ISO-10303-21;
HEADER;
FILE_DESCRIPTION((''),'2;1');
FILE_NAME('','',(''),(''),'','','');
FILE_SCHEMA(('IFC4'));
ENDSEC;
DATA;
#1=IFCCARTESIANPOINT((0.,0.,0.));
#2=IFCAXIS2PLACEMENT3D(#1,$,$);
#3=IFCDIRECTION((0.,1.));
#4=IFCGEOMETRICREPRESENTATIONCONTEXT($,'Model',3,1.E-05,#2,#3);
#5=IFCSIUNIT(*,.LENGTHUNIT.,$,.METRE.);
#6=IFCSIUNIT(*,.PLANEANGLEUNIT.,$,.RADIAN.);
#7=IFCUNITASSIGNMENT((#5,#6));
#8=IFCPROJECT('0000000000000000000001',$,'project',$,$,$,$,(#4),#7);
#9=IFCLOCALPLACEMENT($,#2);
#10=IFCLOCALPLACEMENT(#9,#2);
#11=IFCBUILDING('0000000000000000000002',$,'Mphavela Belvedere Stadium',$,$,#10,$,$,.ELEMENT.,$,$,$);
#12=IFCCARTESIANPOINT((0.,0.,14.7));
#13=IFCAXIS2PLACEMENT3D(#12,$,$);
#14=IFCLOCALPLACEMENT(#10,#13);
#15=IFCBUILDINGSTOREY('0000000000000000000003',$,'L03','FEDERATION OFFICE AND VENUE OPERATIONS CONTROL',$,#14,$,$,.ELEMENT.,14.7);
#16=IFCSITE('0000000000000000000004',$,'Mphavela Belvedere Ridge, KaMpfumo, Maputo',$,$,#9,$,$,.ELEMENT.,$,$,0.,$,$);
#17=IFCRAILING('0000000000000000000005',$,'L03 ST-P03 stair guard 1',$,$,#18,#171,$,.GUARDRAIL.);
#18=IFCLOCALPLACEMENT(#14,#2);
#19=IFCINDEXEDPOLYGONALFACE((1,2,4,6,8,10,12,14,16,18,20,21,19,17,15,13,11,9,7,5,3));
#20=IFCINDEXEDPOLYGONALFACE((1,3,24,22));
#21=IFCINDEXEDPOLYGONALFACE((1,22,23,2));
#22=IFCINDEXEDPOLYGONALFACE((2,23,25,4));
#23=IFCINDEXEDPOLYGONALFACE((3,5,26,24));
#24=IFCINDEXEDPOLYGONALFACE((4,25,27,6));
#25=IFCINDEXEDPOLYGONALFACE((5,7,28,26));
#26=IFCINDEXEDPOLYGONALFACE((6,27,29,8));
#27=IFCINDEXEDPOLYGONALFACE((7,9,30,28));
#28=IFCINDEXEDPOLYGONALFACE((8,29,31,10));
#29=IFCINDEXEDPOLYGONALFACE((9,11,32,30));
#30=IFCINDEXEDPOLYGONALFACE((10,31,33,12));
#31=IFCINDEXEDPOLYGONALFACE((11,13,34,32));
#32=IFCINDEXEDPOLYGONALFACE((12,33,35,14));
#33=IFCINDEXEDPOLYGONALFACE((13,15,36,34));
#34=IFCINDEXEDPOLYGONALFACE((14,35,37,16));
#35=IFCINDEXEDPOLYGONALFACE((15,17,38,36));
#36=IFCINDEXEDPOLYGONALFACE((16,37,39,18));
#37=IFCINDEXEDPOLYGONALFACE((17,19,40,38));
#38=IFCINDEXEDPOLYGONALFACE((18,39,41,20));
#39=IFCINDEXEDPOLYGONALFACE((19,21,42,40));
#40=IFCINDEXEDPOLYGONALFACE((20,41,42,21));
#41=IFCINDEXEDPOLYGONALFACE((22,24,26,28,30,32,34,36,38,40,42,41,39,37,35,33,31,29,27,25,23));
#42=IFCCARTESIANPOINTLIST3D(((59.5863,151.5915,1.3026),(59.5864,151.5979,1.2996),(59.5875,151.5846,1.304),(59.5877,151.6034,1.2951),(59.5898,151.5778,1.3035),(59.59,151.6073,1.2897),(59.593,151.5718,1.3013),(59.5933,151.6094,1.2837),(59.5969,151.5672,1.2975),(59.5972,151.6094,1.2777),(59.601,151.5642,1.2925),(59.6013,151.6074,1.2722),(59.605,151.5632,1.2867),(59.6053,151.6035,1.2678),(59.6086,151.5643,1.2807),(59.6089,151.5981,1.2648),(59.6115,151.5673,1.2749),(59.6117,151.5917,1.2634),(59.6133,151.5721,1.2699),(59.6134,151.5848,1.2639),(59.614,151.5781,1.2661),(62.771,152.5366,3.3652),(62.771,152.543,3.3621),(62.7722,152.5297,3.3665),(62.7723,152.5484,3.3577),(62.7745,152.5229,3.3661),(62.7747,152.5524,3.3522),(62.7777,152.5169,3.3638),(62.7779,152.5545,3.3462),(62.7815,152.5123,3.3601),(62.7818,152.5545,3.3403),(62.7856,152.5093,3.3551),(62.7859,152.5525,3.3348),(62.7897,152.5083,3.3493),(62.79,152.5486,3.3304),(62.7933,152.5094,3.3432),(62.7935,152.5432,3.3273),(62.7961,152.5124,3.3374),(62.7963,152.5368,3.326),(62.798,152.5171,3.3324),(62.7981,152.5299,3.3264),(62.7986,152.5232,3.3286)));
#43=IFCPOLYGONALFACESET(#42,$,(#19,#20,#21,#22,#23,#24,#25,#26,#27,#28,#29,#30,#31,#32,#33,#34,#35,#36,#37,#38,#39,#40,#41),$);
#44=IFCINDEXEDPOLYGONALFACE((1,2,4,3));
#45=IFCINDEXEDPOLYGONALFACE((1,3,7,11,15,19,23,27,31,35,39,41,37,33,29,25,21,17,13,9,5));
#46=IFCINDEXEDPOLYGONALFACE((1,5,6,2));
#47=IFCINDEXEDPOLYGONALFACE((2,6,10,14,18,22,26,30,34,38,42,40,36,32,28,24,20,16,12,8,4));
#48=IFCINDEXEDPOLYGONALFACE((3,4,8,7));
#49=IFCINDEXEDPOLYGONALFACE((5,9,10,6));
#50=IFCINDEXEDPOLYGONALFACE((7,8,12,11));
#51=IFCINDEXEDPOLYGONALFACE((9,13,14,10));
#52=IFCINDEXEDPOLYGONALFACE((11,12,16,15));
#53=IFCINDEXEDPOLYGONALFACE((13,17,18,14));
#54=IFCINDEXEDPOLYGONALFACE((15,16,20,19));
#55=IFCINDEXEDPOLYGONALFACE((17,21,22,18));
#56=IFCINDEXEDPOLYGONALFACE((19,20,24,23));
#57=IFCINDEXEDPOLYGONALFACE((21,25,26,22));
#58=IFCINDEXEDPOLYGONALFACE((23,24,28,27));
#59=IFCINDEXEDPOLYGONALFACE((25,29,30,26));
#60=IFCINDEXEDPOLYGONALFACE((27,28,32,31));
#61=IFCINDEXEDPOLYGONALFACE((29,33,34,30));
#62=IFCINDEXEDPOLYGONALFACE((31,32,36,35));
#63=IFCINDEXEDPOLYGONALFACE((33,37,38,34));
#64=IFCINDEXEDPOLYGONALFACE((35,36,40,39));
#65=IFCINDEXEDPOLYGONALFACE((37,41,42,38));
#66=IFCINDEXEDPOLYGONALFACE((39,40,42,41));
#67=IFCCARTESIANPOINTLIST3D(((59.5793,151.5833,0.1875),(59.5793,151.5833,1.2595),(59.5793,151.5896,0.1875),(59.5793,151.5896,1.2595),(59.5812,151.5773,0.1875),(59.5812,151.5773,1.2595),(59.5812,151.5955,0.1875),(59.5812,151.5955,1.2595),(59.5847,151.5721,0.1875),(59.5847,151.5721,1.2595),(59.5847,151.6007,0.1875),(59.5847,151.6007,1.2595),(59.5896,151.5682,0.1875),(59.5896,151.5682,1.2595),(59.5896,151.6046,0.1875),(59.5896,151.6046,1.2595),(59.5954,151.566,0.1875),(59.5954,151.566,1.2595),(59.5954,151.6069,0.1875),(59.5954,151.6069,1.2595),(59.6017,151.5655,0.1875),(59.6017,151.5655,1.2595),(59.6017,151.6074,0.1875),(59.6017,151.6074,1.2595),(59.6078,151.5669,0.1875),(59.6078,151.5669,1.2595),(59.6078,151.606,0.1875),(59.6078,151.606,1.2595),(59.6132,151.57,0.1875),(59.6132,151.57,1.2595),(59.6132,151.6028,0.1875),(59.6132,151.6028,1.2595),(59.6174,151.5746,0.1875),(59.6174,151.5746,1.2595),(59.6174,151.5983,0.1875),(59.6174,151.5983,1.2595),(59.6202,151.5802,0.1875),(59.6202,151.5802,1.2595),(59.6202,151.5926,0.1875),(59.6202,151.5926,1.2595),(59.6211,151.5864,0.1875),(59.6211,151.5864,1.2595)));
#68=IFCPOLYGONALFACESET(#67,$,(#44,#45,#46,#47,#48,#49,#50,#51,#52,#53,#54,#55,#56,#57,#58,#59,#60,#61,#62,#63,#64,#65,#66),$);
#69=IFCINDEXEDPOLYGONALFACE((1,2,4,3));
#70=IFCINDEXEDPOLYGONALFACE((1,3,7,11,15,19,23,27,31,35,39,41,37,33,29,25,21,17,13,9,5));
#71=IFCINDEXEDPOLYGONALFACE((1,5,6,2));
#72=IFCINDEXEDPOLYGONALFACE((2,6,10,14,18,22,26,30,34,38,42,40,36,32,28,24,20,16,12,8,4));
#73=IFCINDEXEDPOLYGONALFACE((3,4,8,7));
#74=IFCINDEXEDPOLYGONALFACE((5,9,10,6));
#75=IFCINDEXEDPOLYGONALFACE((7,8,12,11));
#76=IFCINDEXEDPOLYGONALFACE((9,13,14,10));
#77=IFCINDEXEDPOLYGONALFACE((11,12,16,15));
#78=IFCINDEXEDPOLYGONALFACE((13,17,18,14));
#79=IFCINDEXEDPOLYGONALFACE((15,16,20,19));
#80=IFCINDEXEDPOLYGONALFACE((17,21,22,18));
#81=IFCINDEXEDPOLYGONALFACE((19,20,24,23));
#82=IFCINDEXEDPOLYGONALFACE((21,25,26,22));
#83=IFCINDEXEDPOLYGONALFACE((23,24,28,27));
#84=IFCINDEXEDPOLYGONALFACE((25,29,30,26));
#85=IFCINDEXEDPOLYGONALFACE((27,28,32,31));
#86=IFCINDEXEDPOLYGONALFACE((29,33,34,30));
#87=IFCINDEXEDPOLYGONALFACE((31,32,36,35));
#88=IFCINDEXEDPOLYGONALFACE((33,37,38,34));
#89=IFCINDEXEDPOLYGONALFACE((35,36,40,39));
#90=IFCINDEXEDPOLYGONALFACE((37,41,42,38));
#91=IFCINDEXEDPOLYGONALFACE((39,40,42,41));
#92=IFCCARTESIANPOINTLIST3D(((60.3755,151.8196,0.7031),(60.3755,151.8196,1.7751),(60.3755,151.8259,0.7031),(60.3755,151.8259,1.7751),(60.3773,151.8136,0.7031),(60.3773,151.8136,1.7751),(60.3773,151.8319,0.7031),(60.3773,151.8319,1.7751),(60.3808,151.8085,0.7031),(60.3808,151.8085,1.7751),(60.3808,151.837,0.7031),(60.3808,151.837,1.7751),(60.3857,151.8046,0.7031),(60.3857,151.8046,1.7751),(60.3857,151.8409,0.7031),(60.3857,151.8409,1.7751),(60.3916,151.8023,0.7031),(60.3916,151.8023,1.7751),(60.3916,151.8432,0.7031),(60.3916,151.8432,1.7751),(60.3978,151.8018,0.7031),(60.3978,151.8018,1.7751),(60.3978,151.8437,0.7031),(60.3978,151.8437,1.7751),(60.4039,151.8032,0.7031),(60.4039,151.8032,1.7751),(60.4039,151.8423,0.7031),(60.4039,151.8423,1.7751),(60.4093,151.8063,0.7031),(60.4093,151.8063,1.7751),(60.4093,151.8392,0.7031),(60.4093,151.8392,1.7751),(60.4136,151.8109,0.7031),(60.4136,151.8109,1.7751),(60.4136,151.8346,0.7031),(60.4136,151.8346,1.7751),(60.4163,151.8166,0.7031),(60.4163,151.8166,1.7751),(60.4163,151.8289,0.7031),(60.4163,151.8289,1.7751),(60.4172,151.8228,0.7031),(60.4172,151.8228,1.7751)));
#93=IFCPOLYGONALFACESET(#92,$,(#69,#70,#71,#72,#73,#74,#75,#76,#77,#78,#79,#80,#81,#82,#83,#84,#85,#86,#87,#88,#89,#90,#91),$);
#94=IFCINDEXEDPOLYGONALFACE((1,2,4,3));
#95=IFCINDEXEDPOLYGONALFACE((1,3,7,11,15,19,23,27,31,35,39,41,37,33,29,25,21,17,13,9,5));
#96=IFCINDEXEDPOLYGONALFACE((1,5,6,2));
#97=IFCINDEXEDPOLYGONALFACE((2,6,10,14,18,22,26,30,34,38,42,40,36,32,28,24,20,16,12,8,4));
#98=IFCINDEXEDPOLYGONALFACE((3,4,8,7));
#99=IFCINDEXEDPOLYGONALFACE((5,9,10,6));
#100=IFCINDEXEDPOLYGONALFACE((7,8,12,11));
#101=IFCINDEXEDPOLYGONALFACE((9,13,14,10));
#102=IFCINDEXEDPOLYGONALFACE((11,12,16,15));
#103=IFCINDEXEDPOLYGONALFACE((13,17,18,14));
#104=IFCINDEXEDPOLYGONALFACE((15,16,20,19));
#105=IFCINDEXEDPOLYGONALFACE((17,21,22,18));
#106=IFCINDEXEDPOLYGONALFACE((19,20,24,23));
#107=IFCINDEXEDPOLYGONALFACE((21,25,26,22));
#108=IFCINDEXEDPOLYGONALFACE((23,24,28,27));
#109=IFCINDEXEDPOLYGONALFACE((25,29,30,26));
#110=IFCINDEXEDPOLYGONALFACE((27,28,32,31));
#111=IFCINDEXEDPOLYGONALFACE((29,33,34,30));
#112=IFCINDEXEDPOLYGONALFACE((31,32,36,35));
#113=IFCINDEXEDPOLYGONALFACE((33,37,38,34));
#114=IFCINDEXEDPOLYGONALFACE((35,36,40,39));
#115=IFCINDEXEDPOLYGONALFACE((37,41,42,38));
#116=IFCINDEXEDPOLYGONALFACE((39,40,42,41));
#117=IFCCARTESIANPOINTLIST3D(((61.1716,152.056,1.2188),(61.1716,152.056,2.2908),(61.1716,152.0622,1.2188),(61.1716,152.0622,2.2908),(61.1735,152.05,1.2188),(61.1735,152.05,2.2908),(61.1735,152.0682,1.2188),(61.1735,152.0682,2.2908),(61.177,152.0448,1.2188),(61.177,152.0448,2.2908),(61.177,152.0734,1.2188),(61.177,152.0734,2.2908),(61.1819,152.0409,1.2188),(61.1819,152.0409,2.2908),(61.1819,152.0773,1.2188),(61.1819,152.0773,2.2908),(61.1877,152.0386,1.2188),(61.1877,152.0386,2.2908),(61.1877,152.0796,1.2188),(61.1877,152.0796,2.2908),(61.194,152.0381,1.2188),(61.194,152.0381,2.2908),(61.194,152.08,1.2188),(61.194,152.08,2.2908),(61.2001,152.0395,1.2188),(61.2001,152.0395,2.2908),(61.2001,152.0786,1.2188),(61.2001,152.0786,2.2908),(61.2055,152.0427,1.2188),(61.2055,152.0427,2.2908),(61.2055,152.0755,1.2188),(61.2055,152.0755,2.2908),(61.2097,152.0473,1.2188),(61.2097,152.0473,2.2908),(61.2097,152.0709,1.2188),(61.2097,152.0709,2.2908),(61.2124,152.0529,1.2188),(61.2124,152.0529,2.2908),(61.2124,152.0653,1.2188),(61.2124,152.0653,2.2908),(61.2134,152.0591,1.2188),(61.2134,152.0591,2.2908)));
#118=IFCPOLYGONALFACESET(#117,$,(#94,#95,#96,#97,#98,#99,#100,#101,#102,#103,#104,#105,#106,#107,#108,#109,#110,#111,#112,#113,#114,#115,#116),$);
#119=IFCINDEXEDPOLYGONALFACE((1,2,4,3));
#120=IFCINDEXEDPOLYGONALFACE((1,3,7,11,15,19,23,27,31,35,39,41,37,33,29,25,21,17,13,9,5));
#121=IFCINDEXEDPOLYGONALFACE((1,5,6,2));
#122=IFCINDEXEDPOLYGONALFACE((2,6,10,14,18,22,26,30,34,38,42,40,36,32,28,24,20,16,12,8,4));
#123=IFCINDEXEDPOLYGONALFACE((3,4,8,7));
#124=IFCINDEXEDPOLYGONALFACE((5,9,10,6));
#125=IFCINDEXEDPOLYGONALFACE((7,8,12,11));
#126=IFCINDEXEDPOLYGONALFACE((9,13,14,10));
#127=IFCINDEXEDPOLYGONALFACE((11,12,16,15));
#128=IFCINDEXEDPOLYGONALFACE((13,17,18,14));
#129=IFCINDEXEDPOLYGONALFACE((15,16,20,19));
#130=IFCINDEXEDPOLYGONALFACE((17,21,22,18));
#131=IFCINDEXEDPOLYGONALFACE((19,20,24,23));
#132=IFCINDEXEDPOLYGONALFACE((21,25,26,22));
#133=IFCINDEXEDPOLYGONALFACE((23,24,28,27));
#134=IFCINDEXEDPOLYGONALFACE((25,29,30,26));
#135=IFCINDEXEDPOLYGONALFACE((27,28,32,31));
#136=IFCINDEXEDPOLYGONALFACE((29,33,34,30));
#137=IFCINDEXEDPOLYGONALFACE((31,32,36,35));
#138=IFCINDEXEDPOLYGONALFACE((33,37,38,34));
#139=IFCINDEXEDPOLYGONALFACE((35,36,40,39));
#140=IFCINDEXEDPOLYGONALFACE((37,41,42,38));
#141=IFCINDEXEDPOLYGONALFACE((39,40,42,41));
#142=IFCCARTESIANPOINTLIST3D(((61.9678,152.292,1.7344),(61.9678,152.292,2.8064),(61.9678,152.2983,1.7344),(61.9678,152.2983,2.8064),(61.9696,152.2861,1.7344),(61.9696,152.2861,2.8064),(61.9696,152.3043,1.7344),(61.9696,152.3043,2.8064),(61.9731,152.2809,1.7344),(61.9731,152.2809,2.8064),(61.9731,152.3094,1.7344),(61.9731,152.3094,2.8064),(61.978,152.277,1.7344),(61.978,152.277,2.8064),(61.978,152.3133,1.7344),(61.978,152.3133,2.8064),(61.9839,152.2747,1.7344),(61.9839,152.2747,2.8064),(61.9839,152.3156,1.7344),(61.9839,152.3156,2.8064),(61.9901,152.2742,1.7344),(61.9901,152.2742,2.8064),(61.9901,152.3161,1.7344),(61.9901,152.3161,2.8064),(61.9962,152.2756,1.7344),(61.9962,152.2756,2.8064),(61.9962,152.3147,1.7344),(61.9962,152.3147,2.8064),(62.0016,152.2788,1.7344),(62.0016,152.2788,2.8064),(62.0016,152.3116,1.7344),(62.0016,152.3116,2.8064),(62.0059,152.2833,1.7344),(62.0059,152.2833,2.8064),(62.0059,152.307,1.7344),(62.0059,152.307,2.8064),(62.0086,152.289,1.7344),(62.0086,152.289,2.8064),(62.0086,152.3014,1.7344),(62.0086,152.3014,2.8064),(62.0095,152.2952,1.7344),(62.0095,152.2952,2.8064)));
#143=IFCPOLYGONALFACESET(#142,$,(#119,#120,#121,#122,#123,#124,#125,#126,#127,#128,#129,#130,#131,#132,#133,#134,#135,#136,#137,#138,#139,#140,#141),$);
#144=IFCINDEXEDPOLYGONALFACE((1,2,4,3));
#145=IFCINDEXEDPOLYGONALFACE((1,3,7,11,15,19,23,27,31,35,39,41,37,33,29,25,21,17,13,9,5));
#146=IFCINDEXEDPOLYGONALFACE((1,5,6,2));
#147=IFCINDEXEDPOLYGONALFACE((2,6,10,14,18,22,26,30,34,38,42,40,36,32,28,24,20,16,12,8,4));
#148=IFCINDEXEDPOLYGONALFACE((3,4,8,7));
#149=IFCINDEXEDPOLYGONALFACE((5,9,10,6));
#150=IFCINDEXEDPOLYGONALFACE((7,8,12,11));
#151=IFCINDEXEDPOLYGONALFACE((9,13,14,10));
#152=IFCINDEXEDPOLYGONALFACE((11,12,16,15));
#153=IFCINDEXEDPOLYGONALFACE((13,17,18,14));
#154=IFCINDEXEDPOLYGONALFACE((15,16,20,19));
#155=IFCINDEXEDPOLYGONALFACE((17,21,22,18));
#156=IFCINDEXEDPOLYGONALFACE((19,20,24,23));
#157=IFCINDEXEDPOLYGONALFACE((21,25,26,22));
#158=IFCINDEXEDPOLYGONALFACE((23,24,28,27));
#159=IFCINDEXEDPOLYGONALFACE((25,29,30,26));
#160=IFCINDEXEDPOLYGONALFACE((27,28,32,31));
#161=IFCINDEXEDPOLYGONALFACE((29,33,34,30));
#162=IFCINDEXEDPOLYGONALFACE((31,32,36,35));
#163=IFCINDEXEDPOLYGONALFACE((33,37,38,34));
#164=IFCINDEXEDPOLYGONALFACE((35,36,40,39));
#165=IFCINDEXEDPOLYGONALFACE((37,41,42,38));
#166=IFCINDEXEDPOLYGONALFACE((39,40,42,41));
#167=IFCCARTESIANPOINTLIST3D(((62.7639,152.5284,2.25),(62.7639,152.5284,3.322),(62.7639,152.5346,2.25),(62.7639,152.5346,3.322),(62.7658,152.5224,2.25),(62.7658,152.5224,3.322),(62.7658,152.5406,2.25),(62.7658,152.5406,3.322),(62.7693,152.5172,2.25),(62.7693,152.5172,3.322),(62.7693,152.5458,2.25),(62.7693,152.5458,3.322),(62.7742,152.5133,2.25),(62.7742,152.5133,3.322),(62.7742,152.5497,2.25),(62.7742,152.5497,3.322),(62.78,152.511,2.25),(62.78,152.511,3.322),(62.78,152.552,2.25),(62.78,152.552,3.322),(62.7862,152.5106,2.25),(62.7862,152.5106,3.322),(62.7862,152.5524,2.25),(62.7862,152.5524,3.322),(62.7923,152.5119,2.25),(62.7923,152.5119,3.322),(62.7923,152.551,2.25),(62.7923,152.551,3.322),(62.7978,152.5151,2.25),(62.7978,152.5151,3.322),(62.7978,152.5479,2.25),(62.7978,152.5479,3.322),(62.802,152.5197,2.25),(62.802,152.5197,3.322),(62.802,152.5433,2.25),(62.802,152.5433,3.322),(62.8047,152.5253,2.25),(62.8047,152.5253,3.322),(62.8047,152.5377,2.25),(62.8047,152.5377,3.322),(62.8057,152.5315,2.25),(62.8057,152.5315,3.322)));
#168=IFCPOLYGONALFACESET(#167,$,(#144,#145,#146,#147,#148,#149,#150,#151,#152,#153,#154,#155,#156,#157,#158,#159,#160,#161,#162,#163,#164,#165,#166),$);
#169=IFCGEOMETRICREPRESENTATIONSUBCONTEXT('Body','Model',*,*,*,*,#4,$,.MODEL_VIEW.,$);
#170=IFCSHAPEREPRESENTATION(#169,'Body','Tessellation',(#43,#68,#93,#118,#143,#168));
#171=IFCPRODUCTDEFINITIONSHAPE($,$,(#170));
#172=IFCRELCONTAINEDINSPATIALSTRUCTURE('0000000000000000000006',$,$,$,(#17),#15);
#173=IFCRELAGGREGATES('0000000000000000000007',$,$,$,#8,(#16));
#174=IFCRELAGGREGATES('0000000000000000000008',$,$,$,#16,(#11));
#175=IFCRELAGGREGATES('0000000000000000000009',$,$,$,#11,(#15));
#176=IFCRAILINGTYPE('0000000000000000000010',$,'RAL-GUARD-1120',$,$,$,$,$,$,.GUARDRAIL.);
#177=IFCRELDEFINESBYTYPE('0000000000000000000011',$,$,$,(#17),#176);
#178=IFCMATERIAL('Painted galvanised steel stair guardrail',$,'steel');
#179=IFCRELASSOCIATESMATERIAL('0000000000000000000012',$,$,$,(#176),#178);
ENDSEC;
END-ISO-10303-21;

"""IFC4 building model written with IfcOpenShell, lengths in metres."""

from ifc_helpers import new_model, si_unit, direction, frame, origin, origin_2d, place, context, subcontext, project, spatial, circle, extrude, material, type_object, element, save


model = new_model("IFC4")

# Units and contexts
model_context = context("Model", 3, precision=1e-05, world=origin(), true_north=direction((0.0, 1.0)))
body_context = subcontext(model_context, "Body", "Model", "MODEL_VIEW")
ifc_project = project(units=[si_unit("LENGTHUNIT", "METRE"), si_unit("PLANEANGLEUNIT", "RADIAN")], contexts=[model_context])

# Site, building, storey
site_placement = place(None, origin())
site = spatial("IfcSite", under=ifc_project, at=site_placement, Name="Mphavela Belvedere Ridge, KaMpfumo, Maputo", CompositionType="ELEMENT", RefElevation=0.0)
building_placement = place(site_placement, origin())
building = spatial("IfcBuilding", under=site, at=building_placement, Name="Mphavela Belvedere Stadium", CompositionType="ELEMENT")
storey_placement = place(building_placement, frame((0.0, 0.0, 14.7)))
storey = spatial("IfcBuildingStorey", under=building, at=storey_placement, Name="L03", Description="FEDERATION OFFICE AND VENUE OPERATIONS CONTROL", CompositionType="ELEMENT", Elevation=14.7)

# Railing
ifc_material_1 = material(Name="Painted galvanised steel stair guardrail", Category="steel")
railing_type_1 = type_object("IfcRailingType", Name="RAL-GUARD-1120", PredefinedType="GUARDRAIL", material=ifc_material_1)
railing_1_placement = place(storey_placement, frame((59.6001, 151.5864, 0.1875)))
element("IfcRailing", 1, at=railing_1_placement, inside=storey, type_object=railing_type_1, Name="L03 ST-P03 stair guard 1", PredefinedType="GUARDRAIL", context=body_context, shape_type="SweptSolid", body=[
    extrude(circle(Radius=0.0239, at=origin_2d()), frame((0.0, 0.0, 1.0962), z_axis=(0.814456, 0.241702, 0.527486), x_axis=(-0.284501, 0.958676, 0.0)), (0.0, 0.0, 1.0), 3.9102),
    extrude(circle(Radius=0.021, at=origin_2d()), origin(), (0.0, 0.0, 1.0), 1.072),
    extrude(circle(Radius=0.021, at=origin_2d()), frame((0.7961, 0.2363, 0.5156)), (0.0, 0.0, 1.0), 1.072),
    extrude(circle(Radius=0.021, at=origin_2d()), frame((1.5923, 0.4727, 1.0312)), (0.0, 0.0, 1.0), 1.072),
    extrude(circle(Radius=0.021, at=origin_2d()), frame((2.3884, 0.7087, 1.5469)), (0.0, 0.0, 1.0), 1.072),
    extrude(circle(Radius=0.021, at=origin_2d()), frame((3.1846, 0.9451, 2.0625)), (0.0, 0.0, 1.0), 1.072),
])

save(model, "model.ifc")
